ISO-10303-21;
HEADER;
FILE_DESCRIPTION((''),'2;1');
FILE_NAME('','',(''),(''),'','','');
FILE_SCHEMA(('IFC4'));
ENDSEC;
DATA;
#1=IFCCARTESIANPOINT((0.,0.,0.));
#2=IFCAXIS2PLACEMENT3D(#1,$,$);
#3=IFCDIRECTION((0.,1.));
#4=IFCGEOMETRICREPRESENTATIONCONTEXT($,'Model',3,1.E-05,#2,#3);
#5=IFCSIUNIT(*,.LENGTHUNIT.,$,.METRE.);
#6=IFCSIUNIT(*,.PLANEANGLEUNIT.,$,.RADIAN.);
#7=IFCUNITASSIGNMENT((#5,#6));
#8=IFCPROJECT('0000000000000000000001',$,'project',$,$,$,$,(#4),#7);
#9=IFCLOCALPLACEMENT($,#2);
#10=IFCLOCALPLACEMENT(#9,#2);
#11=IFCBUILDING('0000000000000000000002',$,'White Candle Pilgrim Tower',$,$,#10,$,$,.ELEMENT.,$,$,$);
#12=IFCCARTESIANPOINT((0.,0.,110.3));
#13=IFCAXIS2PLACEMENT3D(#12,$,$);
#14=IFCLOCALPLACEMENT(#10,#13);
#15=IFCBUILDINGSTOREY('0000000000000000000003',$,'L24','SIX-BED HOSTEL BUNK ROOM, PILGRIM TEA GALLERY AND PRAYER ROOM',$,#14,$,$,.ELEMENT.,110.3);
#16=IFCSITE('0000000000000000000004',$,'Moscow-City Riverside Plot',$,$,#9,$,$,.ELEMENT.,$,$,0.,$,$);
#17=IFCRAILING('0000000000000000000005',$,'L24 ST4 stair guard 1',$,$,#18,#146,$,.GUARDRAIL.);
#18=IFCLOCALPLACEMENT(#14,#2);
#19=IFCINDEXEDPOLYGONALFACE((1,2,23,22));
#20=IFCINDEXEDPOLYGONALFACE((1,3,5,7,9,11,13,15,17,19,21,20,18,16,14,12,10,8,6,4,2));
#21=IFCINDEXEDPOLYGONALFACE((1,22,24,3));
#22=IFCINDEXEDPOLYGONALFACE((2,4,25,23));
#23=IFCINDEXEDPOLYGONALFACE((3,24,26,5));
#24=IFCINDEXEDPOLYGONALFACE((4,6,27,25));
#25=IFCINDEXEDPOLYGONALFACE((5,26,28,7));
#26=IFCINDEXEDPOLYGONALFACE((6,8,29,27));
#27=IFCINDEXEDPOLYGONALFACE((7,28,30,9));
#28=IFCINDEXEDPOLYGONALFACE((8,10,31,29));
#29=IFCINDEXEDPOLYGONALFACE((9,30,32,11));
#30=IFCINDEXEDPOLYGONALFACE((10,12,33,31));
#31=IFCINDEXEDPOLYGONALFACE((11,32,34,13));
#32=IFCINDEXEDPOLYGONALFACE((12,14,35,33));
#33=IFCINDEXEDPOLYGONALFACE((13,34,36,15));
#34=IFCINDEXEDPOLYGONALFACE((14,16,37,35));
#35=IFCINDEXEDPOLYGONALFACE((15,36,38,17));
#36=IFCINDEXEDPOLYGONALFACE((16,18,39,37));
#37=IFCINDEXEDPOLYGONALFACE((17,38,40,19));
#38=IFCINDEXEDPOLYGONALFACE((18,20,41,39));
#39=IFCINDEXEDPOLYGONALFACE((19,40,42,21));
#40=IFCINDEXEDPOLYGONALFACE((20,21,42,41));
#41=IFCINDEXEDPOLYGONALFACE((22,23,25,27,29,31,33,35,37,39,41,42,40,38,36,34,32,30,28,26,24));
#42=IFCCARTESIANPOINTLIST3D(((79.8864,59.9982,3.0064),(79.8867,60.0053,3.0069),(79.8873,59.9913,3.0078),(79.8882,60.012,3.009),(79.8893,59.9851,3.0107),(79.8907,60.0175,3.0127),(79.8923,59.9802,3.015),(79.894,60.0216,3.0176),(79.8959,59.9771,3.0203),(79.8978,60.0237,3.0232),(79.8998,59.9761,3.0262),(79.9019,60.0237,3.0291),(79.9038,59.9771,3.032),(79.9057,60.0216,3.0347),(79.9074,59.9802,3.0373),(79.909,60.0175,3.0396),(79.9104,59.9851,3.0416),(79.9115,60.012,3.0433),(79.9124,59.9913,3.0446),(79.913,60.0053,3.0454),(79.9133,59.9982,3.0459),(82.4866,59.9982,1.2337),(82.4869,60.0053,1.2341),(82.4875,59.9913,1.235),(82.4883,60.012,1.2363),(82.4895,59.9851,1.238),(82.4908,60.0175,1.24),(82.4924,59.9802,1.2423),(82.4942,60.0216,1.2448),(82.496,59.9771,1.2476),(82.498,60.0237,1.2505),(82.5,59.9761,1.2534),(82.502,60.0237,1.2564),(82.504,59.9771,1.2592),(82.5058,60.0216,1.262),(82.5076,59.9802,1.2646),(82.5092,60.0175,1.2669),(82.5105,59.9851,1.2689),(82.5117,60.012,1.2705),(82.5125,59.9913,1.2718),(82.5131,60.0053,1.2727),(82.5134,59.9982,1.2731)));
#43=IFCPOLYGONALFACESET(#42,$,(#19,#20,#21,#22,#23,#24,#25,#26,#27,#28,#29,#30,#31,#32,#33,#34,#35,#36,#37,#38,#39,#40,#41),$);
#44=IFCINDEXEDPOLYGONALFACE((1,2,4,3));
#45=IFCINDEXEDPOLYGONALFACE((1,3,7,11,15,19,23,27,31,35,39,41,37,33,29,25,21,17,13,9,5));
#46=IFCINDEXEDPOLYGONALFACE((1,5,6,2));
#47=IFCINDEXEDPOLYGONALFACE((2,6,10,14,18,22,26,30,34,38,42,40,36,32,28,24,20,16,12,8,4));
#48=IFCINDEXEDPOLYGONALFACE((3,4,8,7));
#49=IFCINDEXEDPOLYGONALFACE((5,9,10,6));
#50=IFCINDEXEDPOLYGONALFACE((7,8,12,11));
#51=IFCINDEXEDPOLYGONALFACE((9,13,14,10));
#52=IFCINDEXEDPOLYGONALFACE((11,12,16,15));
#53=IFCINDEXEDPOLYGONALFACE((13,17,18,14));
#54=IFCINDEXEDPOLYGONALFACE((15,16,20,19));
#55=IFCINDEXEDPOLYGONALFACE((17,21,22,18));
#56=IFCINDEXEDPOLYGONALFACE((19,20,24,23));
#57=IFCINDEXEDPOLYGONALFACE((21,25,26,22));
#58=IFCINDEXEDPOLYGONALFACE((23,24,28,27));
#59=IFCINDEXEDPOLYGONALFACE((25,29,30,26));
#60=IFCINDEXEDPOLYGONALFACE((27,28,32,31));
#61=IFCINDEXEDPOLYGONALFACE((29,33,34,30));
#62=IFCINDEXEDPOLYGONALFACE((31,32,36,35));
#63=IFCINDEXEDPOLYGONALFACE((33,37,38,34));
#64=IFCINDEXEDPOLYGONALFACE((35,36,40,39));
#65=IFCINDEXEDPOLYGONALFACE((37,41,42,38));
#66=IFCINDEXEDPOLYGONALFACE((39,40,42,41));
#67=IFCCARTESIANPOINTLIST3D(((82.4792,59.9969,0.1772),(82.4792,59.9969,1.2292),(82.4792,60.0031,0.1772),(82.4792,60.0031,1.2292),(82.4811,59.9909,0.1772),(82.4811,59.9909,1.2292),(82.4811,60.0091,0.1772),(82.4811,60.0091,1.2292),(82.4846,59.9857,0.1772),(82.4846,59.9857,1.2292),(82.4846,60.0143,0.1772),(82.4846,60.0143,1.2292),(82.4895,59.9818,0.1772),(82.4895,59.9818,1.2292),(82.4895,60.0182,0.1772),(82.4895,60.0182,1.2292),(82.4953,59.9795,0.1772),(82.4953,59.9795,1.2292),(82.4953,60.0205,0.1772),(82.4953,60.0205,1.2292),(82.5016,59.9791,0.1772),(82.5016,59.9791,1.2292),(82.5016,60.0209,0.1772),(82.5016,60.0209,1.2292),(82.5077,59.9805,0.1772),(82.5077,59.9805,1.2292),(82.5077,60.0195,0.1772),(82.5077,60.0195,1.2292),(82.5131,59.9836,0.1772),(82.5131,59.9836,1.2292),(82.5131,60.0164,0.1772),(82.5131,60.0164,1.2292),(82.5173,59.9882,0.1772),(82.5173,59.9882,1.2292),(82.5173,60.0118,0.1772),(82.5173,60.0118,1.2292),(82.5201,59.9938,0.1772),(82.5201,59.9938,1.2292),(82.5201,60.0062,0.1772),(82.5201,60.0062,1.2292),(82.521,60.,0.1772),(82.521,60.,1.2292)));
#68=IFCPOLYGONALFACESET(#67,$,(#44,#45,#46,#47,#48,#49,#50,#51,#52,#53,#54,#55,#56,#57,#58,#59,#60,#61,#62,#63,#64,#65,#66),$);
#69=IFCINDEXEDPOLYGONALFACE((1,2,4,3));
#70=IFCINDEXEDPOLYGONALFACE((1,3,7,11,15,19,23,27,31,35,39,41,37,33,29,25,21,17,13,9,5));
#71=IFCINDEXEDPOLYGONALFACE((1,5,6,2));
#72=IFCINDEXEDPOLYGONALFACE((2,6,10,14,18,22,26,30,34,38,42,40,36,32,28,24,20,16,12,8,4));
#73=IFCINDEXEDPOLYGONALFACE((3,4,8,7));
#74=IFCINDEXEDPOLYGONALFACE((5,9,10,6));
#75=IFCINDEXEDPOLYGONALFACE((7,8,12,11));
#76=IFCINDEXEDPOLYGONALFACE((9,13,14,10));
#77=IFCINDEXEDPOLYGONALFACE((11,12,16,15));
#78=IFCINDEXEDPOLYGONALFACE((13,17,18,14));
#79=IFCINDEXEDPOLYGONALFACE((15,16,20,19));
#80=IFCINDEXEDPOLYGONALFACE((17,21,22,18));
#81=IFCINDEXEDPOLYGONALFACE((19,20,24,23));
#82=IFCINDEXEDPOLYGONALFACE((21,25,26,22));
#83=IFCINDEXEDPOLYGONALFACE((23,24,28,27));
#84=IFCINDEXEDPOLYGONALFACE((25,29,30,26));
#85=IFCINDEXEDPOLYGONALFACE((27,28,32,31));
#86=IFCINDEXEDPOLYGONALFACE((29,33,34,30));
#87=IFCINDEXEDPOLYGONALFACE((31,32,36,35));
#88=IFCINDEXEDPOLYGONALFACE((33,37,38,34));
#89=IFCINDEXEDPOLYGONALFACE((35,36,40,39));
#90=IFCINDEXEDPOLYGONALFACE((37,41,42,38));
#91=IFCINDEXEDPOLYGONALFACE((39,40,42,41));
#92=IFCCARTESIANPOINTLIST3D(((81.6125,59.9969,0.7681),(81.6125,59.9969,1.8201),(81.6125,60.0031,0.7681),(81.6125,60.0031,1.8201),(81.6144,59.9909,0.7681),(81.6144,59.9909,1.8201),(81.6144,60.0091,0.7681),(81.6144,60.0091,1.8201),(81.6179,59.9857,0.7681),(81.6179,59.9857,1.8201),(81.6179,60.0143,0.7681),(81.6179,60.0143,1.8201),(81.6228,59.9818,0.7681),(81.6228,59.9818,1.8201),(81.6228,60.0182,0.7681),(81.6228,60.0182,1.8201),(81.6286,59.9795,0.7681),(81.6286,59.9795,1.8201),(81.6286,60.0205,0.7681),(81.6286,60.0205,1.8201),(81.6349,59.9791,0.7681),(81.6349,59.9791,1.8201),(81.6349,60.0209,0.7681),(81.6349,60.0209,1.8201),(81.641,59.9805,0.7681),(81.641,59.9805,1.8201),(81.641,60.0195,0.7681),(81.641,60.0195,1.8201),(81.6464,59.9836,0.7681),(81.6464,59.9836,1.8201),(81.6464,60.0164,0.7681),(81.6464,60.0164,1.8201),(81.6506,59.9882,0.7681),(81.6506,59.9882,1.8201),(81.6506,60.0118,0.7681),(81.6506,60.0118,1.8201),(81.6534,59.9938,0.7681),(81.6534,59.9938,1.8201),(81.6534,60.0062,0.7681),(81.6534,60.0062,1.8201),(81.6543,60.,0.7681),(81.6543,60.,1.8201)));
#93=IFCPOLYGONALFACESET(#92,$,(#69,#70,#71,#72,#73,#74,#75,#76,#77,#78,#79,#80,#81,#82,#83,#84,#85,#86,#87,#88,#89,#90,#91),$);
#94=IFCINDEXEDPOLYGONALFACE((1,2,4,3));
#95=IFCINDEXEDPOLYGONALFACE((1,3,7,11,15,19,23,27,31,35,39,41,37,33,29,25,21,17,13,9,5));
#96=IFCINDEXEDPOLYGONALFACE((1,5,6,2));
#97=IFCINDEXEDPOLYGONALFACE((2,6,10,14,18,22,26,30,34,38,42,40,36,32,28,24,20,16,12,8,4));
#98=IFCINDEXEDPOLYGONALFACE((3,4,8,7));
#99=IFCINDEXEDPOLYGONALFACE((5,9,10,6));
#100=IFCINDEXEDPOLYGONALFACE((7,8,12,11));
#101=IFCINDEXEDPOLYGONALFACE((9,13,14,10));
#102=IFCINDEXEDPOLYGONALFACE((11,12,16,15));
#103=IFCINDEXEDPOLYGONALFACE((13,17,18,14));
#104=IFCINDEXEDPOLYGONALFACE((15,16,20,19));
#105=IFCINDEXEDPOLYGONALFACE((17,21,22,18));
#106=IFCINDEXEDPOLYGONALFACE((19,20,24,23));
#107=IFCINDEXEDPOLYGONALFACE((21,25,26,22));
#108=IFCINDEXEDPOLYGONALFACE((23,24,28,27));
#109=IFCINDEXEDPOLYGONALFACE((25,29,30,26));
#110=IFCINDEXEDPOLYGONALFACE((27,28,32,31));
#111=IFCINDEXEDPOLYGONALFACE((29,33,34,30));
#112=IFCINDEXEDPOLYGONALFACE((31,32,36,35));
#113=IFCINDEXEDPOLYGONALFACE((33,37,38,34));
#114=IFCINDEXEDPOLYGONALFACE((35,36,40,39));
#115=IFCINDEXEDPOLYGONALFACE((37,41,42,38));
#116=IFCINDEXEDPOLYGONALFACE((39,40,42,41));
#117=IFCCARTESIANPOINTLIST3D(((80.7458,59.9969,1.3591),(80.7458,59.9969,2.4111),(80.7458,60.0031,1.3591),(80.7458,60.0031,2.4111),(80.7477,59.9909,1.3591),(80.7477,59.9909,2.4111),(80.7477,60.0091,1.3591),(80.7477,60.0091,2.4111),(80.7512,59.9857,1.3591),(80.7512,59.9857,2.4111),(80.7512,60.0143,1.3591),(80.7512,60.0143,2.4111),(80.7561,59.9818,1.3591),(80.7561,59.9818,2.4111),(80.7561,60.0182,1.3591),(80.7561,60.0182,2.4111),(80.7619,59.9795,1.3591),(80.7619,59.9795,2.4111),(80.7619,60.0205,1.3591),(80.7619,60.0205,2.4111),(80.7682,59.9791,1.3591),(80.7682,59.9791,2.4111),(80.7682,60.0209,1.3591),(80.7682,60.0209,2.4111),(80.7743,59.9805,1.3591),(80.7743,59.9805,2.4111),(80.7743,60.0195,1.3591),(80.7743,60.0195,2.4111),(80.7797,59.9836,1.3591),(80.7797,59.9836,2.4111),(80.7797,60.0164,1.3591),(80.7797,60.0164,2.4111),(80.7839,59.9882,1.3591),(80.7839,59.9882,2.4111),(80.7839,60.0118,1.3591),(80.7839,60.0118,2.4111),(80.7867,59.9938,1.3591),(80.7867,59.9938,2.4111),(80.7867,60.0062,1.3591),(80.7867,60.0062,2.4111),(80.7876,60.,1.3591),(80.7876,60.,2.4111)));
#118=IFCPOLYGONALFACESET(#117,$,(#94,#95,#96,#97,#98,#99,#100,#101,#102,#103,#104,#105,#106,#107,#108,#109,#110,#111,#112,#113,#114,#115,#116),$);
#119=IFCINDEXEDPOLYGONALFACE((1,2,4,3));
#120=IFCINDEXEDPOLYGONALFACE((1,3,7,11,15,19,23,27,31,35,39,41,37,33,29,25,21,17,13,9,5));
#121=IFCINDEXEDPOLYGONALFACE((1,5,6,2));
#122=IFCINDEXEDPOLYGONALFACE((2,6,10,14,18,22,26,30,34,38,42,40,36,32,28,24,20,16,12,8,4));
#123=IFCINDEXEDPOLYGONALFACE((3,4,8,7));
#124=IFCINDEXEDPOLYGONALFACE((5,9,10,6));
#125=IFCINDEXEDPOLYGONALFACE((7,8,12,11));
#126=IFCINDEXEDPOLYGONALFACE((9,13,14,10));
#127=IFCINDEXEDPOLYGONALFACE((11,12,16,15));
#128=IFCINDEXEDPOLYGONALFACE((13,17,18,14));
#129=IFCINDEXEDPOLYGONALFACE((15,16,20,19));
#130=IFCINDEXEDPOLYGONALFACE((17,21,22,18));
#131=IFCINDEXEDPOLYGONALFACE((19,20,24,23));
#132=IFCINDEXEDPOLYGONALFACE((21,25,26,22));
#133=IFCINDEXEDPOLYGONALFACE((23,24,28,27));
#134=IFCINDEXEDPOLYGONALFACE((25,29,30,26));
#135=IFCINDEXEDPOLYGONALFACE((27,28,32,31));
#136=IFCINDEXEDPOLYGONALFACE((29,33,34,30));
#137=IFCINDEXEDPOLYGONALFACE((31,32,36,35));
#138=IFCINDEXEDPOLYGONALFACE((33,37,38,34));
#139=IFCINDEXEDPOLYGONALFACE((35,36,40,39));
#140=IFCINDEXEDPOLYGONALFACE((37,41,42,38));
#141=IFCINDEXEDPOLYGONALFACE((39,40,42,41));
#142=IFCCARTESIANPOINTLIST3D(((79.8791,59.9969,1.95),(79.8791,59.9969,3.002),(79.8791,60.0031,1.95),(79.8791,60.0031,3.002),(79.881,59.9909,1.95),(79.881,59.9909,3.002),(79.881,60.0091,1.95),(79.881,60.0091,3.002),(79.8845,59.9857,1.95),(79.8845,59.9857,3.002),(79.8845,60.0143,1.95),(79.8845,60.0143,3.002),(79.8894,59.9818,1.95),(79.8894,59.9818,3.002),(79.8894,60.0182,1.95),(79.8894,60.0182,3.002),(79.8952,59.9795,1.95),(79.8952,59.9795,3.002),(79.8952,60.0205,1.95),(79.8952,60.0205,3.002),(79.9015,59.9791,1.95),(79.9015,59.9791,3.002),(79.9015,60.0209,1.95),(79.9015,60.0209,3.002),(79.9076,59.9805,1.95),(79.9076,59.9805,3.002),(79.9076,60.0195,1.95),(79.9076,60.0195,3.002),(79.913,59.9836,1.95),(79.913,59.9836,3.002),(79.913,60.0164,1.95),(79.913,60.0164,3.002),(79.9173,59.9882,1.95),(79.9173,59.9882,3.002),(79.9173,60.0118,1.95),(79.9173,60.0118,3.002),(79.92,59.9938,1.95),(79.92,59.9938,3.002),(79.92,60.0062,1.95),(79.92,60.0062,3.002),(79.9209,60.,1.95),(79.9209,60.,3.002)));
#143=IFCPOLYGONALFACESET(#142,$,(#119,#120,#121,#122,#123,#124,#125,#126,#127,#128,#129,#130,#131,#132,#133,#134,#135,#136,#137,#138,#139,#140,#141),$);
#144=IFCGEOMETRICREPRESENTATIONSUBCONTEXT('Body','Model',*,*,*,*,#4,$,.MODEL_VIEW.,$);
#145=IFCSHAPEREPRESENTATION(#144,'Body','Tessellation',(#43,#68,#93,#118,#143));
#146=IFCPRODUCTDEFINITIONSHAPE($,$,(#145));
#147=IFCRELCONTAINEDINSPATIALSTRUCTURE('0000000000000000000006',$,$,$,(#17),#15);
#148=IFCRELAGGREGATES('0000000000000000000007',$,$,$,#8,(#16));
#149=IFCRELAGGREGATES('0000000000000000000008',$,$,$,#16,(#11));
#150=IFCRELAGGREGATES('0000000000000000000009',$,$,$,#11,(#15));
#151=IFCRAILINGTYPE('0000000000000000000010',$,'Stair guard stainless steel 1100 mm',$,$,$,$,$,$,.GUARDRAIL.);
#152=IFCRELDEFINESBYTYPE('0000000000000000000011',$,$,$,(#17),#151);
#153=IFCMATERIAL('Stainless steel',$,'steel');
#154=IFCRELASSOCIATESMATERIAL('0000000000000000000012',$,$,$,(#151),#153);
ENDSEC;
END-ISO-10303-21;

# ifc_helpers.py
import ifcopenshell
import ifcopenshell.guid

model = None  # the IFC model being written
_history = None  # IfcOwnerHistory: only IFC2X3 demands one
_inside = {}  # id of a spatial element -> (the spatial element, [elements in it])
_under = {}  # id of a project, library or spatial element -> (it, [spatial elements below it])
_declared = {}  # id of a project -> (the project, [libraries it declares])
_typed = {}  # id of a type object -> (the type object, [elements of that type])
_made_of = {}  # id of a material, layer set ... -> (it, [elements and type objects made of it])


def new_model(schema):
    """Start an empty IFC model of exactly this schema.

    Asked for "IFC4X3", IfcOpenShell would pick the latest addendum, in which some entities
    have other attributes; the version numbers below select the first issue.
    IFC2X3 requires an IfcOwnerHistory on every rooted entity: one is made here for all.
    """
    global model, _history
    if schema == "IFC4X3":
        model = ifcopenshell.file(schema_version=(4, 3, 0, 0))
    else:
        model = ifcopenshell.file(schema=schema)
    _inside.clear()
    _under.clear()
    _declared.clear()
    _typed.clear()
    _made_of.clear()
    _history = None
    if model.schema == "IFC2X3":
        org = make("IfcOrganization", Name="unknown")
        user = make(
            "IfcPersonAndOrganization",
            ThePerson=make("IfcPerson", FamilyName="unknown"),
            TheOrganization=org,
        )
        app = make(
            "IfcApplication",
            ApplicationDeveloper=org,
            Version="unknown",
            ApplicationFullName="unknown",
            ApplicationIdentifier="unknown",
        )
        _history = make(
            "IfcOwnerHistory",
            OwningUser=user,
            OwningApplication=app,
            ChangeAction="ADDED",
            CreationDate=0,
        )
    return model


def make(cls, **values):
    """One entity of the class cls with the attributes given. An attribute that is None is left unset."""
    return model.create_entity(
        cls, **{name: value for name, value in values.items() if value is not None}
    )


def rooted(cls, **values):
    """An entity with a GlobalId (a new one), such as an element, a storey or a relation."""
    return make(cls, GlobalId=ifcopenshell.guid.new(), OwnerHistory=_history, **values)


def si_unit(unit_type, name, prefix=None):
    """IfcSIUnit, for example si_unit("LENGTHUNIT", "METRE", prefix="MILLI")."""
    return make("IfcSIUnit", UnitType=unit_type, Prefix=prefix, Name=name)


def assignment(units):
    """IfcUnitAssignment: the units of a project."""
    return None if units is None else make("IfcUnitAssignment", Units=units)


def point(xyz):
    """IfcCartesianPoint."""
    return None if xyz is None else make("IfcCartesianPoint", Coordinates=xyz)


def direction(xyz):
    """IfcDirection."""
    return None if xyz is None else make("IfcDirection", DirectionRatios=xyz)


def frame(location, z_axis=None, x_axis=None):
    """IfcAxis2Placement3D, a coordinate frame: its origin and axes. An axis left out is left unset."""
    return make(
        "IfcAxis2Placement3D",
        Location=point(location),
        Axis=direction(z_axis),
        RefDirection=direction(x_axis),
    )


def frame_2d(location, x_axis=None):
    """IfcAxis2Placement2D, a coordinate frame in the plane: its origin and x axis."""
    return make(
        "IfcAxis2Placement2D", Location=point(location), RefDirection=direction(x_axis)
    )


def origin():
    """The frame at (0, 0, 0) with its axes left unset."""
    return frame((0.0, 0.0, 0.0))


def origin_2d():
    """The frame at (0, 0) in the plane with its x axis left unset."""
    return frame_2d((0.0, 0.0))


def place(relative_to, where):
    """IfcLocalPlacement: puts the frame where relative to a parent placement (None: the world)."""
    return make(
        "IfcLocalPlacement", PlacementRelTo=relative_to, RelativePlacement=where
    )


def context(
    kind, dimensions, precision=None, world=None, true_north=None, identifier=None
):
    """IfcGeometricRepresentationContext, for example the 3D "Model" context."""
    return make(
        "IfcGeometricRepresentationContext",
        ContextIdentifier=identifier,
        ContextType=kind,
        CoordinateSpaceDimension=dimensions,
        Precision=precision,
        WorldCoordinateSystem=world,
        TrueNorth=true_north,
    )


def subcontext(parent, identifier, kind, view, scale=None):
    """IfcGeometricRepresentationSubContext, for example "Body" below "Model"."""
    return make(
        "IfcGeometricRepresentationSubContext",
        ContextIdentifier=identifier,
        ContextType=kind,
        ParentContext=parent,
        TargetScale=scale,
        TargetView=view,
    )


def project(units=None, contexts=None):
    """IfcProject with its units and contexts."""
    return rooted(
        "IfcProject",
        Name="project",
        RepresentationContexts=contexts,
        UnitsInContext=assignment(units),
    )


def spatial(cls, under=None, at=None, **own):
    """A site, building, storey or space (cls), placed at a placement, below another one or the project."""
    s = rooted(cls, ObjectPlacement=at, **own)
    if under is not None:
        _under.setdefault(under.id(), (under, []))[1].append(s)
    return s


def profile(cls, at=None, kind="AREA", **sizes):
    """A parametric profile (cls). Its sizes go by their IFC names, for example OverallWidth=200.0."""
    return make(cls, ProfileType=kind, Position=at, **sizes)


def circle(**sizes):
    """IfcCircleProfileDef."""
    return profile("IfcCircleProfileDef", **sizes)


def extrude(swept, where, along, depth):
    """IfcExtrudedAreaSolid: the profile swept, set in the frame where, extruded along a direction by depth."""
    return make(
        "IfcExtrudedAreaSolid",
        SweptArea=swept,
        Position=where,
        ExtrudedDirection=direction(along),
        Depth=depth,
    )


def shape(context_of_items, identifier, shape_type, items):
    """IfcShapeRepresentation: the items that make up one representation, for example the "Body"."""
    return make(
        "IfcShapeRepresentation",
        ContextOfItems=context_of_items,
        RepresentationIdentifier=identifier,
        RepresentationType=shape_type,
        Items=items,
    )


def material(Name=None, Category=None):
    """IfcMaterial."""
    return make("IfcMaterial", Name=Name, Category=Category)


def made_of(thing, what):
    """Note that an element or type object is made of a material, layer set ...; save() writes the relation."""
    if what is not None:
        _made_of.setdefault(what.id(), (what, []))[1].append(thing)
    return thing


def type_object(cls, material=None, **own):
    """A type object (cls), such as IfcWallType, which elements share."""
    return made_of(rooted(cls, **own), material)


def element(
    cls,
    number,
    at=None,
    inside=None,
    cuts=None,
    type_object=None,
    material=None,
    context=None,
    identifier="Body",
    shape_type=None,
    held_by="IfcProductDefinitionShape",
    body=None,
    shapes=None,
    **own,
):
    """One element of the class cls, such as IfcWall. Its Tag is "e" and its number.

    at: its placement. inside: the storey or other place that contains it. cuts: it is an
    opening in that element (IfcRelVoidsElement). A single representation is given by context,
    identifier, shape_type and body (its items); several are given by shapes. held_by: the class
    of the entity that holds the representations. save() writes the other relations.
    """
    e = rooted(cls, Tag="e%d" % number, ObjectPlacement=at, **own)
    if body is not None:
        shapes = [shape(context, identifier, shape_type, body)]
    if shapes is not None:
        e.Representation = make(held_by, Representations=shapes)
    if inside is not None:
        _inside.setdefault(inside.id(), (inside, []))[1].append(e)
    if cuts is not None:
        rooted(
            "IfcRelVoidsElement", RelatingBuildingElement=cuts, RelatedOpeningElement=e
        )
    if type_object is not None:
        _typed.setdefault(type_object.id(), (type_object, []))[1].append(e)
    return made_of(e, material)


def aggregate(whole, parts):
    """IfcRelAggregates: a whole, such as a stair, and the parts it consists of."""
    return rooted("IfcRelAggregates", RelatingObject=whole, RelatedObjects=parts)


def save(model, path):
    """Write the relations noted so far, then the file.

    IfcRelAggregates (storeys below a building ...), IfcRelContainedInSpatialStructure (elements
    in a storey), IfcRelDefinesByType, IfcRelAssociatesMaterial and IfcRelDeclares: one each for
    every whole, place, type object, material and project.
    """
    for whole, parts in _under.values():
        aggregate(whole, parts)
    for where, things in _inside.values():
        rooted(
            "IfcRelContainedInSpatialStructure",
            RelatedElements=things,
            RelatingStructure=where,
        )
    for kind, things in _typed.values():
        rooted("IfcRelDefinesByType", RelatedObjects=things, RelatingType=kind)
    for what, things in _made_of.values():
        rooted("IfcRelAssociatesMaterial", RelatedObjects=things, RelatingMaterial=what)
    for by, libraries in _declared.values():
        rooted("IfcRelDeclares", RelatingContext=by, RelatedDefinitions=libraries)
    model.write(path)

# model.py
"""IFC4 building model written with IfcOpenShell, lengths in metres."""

from ifc_helpers import new_model, si_unit, direction, frame, origin, origin_2d, place, context, subcontext, project, spatial, circle, extrude, material, type_object, element, save


model = new_model("IFC4")

# Units and contexts
model_context = context("Model", 3, precision=1e-05, world=origin(), true_north=direction((0.0, 1.0)))
body_context = subcontext(model_context, "Body", "Model", "MODEL_VIEW")
ifc_project = project(units=[si_unit("LENGTHUNIT", "METRE"), si_unit("PLANEANGLEUNIT", "RADIAN")], contexts=[model_context])

# Site, building, storey
site_placement = place(None, origin())
site = spatial("IfcSite", under=ifc_project, at=site_placement, Name="Moscow-City Riverside Plot", CompositionType="ELEMENT", RefElevation=0.0)
building_placement = place(site_placement, origin())
building = spatial("IfcBuilding", under=site, at=building_placement, Name="White Candle Pilgrim Tower", CompositionType="ELEMENT")
storey_placement = place(building_placement, frame((0.0, 0.0, 110.3)))
storey = spatial("IfcBuildingStorey", under=building, at=storey_placement, Name="L24", Description="SIX-BED HOSTEL BUNK ROOM, PILGRIM TEA GALLERY AND PRAYER ROOM", CompositionType="ELEMENT", Elevation=110.3)

# Railing
ifc_material_1 = material(Name="Stainless steel", Category="steel")
railing_type_1 = type_object("IfcRailingType", Name="Stair guard stainless steel 1100 mm", PredefinedType="GUARDRAIL", material=ifc_material_1)
railing_1_placement = place(storey_placement, frame((82.5, 60.0, 0.1772)))
element("IfcRailing", 1, at=railing_1_placement, inside=storey, type_object=railing_type_1, Name="L24 ST4 stair guard 1", PredefinedType="GUARDRAIL", context=body_context, shape_type="SweptSolid", body=[
    extrude(circle(Radius=0.0239, at=origin_2d()), frame((0.0, 0.0, 1.0762), z_axis=(-0.82624, 0.0, 0.563318), x_axis=(0.0, -1.0, 0.0)), (0.0, 0.0, 1.0), 3.147),
    extrude(circle(Radius=0.021, at=origin_2d()), origin(), (0.0, 0.0, 1.0), 1.052),
    extrude(circle(Radius=0.021, at=origin_2d()), frame((-0.8667, 0.0, 0.5908)), (0.0, 0.0, 1.0), 1.052),
    extrude(circle(Radius=0.021, at=origin_2d()), frame((-1.7334, 0.0, 1.1819)), (0.0, 0.0, 1.0), 1.052),
    extrude(circle(Radius=0.021, at=origin_2d()), frame((-2.6001, 0.0, 1.7727)), (0.0, 0.0, 1.0), 1.052),
])

save(model, "model.ifc")
